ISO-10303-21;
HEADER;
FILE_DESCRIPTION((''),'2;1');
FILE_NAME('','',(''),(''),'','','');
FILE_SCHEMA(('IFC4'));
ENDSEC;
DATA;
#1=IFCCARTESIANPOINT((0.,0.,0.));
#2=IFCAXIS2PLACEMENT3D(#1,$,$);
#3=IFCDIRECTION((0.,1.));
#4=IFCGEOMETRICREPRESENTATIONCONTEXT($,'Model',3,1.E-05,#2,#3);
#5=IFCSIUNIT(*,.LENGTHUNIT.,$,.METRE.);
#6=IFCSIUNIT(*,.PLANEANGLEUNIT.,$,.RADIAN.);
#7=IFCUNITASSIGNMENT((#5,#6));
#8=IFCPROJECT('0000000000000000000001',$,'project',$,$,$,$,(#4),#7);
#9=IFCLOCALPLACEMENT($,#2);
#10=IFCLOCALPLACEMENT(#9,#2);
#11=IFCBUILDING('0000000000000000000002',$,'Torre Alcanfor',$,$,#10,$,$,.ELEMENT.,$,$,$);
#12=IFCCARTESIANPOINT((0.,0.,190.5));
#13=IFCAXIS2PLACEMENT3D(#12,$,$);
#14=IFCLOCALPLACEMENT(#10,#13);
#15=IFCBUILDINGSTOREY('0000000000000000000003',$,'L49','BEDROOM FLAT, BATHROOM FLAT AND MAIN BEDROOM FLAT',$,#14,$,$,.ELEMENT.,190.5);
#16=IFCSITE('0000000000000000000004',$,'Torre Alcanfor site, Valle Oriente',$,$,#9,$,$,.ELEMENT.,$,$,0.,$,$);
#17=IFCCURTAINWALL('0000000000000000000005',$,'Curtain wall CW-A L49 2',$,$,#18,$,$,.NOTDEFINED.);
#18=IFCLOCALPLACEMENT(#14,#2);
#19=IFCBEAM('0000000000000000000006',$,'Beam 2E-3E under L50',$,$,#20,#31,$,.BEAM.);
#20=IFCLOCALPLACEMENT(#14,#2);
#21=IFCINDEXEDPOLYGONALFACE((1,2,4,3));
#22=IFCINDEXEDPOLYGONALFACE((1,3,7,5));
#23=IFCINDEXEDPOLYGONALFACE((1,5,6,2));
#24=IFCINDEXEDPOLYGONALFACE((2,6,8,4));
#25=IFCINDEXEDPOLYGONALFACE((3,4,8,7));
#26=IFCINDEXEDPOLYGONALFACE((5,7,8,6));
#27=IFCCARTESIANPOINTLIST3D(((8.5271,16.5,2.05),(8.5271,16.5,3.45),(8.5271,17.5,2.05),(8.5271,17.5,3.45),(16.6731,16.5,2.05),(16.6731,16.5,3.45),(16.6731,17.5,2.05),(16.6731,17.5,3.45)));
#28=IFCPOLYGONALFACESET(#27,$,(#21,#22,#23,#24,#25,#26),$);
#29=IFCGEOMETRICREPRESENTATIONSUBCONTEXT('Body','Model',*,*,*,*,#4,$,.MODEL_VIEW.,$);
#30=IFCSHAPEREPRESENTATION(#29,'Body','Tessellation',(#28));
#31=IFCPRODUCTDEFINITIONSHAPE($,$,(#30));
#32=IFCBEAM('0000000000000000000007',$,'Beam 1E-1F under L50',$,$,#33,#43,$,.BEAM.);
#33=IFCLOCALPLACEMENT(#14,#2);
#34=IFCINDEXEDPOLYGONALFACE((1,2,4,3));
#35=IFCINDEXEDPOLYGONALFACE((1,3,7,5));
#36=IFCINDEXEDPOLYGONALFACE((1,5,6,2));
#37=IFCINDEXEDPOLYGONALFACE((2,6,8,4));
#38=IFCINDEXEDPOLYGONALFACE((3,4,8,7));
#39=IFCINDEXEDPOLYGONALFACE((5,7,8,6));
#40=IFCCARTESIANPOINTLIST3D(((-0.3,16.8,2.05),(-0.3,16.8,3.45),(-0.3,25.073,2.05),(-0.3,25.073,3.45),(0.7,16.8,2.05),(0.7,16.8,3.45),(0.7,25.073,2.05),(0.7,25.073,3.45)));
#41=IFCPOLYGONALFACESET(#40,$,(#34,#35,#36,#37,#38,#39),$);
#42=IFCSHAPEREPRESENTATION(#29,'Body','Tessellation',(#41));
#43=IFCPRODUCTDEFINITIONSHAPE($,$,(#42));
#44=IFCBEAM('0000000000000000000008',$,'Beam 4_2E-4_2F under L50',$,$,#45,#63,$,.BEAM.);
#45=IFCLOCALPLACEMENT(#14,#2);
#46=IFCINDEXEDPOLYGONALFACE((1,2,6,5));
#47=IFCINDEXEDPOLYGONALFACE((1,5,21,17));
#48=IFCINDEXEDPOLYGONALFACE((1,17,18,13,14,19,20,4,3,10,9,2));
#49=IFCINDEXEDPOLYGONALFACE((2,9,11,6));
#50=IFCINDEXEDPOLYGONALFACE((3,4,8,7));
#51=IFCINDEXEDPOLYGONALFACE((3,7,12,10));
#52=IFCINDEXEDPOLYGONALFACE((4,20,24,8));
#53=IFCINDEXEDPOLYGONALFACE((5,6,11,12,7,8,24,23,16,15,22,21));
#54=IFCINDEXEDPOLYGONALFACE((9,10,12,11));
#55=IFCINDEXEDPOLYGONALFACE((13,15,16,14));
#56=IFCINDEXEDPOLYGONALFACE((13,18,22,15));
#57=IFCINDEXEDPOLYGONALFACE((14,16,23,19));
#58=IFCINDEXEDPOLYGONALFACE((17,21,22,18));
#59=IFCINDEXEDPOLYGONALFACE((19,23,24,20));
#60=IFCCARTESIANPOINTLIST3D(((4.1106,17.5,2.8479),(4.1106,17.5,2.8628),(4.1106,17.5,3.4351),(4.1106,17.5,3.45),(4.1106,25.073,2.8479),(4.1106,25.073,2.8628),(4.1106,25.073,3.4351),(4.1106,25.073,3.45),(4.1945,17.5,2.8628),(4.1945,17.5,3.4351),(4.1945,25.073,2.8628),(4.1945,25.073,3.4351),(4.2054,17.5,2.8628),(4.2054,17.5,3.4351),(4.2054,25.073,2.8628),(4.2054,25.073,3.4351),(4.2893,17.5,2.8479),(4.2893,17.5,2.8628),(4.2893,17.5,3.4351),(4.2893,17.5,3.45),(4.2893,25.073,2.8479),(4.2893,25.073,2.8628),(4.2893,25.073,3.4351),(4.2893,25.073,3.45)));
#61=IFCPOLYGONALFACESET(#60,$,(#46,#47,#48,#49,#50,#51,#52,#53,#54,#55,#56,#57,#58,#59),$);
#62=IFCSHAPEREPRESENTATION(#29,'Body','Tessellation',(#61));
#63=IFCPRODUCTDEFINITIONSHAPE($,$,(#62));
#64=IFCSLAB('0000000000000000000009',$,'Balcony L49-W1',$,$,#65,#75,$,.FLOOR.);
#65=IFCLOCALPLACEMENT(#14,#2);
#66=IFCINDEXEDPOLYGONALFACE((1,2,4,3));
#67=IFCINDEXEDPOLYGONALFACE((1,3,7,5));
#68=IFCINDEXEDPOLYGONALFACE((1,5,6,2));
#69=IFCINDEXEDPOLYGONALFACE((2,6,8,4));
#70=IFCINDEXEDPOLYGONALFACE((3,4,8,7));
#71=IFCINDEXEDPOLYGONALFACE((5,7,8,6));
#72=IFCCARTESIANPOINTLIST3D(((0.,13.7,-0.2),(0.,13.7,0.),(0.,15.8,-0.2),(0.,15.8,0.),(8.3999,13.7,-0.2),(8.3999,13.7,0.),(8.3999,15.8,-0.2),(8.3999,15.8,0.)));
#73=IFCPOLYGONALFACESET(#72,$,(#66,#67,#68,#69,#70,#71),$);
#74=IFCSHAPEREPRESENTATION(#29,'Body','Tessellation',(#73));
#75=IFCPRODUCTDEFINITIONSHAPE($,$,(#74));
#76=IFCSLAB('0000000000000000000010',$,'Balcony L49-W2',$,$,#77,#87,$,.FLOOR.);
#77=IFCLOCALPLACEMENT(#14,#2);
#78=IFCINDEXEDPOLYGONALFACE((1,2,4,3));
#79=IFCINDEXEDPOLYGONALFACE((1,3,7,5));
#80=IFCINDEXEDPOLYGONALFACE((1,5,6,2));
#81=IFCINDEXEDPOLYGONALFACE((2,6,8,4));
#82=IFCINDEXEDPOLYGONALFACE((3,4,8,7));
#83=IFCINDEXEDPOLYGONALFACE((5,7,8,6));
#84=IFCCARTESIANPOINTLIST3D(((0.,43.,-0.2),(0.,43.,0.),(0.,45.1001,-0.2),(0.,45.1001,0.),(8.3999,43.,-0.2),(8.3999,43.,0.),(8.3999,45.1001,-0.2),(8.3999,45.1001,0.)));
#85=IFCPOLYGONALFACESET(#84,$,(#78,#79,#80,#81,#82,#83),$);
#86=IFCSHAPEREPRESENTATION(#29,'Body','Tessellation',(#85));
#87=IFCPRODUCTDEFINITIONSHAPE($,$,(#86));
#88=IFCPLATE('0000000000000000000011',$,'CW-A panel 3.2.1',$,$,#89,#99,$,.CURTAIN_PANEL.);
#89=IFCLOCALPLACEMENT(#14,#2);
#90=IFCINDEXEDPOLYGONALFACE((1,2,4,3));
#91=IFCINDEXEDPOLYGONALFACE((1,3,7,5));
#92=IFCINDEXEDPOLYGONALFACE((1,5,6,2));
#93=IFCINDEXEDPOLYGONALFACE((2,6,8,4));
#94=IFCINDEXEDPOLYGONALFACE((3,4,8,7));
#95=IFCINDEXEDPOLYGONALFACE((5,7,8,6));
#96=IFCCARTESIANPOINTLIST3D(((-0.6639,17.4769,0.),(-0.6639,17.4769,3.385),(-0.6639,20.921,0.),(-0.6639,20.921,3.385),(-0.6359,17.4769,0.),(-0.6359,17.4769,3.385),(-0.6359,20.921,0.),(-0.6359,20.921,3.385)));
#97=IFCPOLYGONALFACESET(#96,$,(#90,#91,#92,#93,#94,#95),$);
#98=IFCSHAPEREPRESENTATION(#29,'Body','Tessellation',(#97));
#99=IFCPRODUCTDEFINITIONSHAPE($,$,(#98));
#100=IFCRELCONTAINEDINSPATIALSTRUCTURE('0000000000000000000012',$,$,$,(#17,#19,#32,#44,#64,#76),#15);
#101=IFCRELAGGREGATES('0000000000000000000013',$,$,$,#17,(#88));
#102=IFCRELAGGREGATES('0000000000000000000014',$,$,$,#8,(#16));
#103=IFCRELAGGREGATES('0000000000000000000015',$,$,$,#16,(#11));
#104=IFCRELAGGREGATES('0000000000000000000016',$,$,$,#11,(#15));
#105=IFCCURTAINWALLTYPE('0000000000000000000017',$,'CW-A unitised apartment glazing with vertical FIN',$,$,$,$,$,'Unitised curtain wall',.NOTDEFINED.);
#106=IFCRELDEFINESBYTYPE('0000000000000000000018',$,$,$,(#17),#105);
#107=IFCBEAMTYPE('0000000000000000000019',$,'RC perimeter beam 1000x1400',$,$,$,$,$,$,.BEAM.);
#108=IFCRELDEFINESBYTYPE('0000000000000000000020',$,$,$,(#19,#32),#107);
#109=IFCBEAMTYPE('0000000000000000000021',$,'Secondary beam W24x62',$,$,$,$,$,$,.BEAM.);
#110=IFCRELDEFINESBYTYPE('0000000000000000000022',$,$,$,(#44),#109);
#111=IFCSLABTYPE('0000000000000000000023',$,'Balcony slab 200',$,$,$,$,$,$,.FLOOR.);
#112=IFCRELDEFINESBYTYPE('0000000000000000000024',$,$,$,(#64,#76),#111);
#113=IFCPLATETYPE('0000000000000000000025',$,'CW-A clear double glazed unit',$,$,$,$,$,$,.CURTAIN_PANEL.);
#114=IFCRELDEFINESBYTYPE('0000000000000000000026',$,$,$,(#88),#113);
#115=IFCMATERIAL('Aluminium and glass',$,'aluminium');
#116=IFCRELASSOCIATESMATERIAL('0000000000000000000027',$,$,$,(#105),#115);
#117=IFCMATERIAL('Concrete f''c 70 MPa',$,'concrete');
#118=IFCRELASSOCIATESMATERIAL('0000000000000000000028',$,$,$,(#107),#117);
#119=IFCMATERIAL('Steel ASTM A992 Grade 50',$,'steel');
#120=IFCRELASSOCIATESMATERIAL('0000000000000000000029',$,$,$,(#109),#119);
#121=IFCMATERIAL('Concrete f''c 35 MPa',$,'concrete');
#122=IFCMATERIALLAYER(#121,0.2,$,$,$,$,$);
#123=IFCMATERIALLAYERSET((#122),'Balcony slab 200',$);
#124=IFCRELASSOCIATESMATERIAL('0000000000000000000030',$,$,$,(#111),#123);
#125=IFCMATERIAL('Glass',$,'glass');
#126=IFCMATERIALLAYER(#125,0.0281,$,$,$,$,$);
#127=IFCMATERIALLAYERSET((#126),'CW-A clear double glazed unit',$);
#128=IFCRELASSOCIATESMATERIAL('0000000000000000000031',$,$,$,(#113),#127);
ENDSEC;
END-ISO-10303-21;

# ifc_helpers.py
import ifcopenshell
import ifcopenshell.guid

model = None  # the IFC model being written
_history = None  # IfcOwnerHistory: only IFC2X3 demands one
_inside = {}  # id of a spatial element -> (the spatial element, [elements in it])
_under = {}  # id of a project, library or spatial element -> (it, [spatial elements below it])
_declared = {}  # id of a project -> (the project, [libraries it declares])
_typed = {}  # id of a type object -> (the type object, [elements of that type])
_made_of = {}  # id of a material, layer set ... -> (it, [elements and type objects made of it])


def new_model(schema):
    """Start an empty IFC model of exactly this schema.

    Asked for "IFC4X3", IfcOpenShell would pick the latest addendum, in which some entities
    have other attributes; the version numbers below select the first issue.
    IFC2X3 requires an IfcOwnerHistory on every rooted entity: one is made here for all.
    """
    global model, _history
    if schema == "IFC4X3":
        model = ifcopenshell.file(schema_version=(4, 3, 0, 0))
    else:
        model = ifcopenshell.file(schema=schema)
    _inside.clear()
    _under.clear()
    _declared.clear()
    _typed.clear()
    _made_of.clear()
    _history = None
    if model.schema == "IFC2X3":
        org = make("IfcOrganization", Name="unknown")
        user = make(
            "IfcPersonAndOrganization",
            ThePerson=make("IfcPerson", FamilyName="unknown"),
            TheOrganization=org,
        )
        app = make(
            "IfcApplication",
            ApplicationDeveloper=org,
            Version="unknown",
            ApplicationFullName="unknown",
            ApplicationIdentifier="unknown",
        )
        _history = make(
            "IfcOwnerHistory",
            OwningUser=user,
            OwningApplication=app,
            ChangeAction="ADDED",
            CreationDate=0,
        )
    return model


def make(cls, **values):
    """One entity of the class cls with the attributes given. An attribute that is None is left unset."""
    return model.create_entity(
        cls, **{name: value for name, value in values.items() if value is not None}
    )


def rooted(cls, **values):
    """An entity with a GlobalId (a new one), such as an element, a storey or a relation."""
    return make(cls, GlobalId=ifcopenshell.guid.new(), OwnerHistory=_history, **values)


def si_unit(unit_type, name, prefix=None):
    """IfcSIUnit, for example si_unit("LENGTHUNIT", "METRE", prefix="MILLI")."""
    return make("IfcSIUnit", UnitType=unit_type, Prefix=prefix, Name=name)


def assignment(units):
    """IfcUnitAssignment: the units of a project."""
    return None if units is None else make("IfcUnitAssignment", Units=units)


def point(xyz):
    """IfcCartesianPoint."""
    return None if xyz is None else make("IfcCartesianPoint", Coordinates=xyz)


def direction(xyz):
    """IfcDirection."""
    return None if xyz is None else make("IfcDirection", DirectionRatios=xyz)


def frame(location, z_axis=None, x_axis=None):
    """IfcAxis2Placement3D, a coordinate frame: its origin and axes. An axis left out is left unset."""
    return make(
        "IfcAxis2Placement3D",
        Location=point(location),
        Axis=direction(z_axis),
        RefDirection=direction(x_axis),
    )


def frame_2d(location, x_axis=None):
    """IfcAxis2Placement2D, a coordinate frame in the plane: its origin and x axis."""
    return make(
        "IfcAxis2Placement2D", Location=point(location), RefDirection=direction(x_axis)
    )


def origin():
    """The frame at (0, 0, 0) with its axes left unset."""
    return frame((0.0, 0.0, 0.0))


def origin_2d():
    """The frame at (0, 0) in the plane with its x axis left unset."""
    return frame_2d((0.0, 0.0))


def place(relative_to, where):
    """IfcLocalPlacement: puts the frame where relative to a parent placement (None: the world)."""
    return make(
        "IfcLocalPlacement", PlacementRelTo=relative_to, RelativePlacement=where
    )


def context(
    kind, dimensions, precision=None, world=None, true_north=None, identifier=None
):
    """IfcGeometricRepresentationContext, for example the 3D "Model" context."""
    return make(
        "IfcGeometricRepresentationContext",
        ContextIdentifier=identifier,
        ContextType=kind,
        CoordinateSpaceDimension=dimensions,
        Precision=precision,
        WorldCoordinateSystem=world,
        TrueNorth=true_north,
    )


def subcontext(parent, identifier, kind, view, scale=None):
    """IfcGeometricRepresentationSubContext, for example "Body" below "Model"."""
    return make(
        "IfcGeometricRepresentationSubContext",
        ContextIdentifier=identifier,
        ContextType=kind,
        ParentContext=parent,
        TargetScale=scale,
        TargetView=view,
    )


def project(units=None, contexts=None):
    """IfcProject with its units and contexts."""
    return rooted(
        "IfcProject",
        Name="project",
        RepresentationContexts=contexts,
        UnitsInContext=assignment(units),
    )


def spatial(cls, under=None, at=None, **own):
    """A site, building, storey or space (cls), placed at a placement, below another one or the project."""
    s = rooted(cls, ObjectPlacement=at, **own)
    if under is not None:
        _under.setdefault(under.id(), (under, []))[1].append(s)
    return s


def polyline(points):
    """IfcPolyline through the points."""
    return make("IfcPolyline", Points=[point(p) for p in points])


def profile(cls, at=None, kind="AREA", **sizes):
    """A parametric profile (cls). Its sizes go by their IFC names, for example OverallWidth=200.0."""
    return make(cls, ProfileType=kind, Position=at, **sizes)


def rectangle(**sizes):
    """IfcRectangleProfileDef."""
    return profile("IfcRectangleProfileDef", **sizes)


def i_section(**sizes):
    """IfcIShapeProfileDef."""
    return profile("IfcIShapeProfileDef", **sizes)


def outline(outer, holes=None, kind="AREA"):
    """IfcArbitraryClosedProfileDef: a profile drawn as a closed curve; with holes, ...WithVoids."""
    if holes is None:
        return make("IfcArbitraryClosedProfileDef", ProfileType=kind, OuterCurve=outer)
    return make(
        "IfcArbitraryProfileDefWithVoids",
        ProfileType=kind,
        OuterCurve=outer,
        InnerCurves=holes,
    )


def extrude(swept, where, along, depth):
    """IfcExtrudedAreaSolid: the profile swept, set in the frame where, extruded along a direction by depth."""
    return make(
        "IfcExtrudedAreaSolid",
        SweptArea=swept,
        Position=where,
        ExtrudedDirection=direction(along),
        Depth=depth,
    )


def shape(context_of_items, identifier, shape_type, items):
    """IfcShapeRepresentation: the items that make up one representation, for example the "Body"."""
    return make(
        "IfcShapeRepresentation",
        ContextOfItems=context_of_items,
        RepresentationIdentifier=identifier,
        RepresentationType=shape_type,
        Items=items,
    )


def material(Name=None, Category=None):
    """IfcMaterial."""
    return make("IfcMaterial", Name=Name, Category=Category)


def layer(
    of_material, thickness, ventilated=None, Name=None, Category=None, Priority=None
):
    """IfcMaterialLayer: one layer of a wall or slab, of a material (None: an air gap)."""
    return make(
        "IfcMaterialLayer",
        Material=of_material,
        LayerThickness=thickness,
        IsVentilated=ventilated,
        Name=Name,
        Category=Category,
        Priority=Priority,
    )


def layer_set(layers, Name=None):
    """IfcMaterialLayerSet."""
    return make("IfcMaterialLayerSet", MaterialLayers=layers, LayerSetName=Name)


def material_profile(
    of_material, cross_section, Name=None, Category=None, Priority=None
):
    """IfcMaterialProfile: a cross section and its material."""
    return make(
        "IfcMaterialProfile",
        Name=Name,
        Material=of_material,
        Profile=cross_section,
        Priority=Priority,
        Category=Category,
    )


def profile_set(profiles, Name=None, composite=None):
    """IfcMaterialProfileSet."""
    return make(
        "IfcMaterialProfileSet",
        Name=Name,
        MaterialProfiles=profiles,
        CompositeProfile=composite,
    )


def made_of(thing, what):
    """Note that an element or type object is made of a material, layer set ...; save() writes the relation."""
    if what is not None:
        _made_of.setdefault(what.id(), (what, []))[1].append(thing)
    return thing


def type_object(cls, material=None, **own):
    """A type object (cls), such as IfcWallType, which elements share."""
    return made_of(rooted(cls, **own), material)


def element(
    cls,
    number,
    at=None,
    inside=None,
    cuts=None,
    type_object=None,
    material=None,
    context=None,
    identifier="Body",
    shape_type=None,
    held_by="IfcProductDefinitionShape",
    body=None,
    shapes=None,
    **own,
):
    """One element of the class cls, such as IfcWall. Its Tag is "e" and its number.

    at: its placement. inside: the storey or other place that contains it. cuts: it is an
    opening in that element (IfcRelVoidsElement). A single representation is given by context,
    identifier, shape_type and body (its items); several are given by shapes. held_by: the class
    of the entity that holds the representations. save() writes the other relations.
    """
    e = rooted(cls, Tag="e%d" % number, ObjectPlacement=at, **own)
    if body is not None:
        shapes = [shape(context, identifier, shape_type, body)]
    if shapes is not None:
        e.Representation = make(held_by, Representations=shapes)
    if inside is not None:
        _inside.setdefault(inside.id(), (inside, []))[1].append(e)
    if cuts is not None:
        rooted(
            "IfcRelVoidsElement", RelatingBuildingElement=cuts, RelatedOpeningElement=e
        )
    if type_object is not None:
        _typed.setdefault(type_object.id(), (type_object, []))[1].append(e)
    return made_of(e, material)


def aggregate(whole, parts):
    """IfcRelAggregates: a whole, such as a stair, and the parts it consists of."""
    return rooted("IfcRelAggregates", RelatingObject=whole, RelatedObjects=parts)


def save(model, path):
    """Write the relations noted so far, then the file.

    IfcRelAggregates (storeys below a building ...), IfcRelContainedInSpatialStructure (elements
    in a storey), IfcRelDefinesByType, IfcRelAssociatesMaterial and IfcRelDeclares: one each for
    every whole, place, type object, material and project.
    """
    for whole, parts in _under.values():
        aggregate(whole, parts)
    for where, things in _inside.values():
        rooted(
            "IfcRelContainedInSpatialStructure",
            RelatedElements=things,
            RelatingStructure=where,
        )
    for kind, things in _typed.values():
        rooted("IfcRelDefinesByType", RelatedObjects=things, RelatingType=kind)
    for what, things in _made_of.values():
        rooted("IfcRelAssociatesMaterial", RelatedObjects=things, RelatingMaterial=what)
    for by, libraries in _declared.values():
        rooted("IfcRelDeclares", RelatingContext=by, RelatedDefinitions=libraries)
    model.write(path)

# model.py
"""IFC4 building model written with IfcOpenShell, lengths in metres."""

from ifc_helpers import new_model, si_unit, direction, frame, origin, origin_2d, place, context, subcontext, project, spatial, polyline, rectangle, i_section, outline, extrude, material, layer, layer_set, material_profile, profile_set, type_object, element, aggregate, save


model = new_model("IFC4")

# Units and contexts
model_context = context("Model", 3, precision=1e-05, world=origin(), true_north=direction((0.0, 1.0)))
body_context = subcontext(model_context, "Body", "Model", "MODEL_VIEW")
ifc_project = project(units=[si_unit("LENGTHUNIT", "METRE"), si_unit("PLANEANGLEUNIT", "RADIAN")], contexts=[model_context])

# Site, building, storey
site_placement = place(None, origin())
site = spatial("IfcSite", under=ifc_project, at=site_placement, Name="Torre Alcanfor site, Valle Oriente", CompositionType="ELEMENT", RefElevation=0.0)
building_placement = place(site_placement, origin())
building = spatial("IfcBuilding", under=site, at=building_placement, Name="Torre Alcanfor", CompositionType="ELEMENT")
storey_placement = place(building_placement, frame((0.0, 0.0, 190.5)))
storey = spatial("IfcBuildingStorey", under=building, at=storey_placement, Name="L49", Description="BEDROOM FLAT, BATHROOM FLAT AND MAIN BEDROOM FLAT", CompositionType="ELEMENT", Elevation=190.5)

# Curtain wall
ifc_material_1 = material(Name="Aluminium and glass", Category="aluminium")
curtain_wall_type = type_object("IfcCurtainWallType", Name="CW-A unitised apartment glazing with vertical FIN", ElementType="Unitised curtain wall", PredefinedType="NOTDEFINED", material=ifc_material_1)
curtain_wall_placement = place(storey_placement, origin())
curtain_wall = element("IfcCurtainWall", 1, at=curtain_wall_placement, inside=storey, type_object=curtain_wall_type, Name="Curtain wall CW-A L49 2", PredefinedType="NOTDEFINED")

# Beams
ifc_material_2 = material(Name="Concrete f'c 70 MPa", Category="concrete")
ifc_material_profile_1 = material_profile(ifc_material_2, rectangle(XDim=1.0, YDim=1.3999, at=origin_2d()), Name="1000x1400")
ifc_profile_set_1 = profile_set([ifc_material_profile_1], Name="Concrete f'c 70 MPa")
beam_type_1 = type_object("IfcBeamType", Name="RC perimeter beam 1000x1400", PredefinedType="BEAM", material=ifc_profile_set_1)
beam_1_placement = place(storey_placement, frame((8.5271, 17.0, 2.75), z_axis=(1.0, 0.0, 0.0), x_axis=(0.0, 1.0, 0.0)))
element("IfcBeam", 2, at=beam_1_placement, inside=storey, type_object=beam_type_1, Name="Beam 2E-3E under L50", PredefinedType="BEAM", context=body_context, shape_type="SweptSolid", body=[
    extrude(rectangle(XDim=1.0, YDim=1.3999, at=origin_2d()), origin(), (0.0, 0.0, 1.0), 8.146),
])
beam_2_placement = place(storey_placement, frame((0.2, 16.8, 2.75), z_axis=(0.0, 1.0, 0.0), x_axis=(-1.0, 0.0, 0.0)))
element("IfcBeam", 3, at=beam_2_placement, inside=storey, type_object=beam_type_1, Name="Beam 1E-1F under L50", PredefinedType="BEAM", context=body_context, shape_type="SweptSolid", body=[
    extrude(rectangle(XDim=1.0, YDim=1.3999, at=origin_2d()), origin(), (0.0, 0.0, 1.0), 8.2729),
])
ifc_material_3 = material(Name="Steel ASTM A992 Grade 50", Category="steel")
ifc_material_profile_2 = material_profile(ifc_material_3, i_section(OverallWidth=0.1787, OverallDepth=0.6021, WebThickness=0.011, FlangeThickness=0.0149, at=origin_2d()), Name="W24x62")
ifc_profile_set_2 = profile_set([ifc_material_profile_2], Name="Steel ASTM A992 Grade 50")
beam_type_2 = type_object("IfcBeamType", Name="Secondary beam W24x62", PredefinedType="BEAM", material=ifc_profile_set_2)
beam_3_placement = place(storey_placement, frame((4.2, 17.5, 3.1489), z_axis=(0.0, 1.0, 0.0), x_axis=(-1.0, 0.0, 0.0)))
element("IfcBeam", 4, at=beam_3_placement, inside=storey, type_object=beam_type_2, Name="Beam 4_2E-4_2F under L50", PredefinedType="BEAM", context=body_context, shape_type="SweptSolid", body=[
    extrude(i_section(OverallWidth=0.1787, OverallDepth=0.6021, WebThickness=0.011, FlangeThickness=0.0149, at=origin_2d()), origin(), (0.0, 0.0, 1.0), 7.573),
])

# Slabs
ifc_material_4 = material(Name="Concrete f'c 35 MPa", Category="concrete")
ifc_layer_1 = layer(ifc_material_4, 0.2)
ifc_layer_set_1 = layer_set([ifc_layer_1], Name="Balcony slab 200")
slab_type_1 = type_object("IfcSlabType", Name="Balcony slab 200", PredefinedType="FLOOR", material=ifc_layer_set_1)
slab_1_placement = place(storey_placement, frame((0.0, 0.0, -0.2)))
element("IfcSlab", 5, at=slab_1_placement, inside=storey, type_object=slab_type_1, Name="Balcony L49-W1", PredefinedType="FLOOR", context=body_context, shape_type="SweptSolid", body=[
    extrude(outline(polyline([(8.3999, 15.8), (0.0, 15.8), (0.0, 13.7), (8.3999, 13.7), (8.3999, 15.8)])), origin(), (0.0, 0.0, 1.0), 0.2),
])
slab_2_placement = place(storey_placement, frame((0.0, 0.0, -0.2)))
element("IfcSlab", 6, at=slab_2_placement, inside=storey, type_object=slab_type_1, Name="Balcony L49-W2", PredefinedType="FLOOR", context=body_context, shape_type="SweptSolid", body=[
    extrude(outline(polyline([(8.3999, 45.1001), (0.0, 45.1001), (0.0, 43.0), (8.3999, 43.0), (8.3999, 45.1001)])), origin(), (0.0, 0.0, 1.0), 0.2),
])

# Plate
ifc_material_5 = material(Name="Glass", Category="glass")
ifc_layer_2 = layer(ifc_material_5, 0.0281)
ifc_layer_set_2 = layer_set([ifc_layer_2], Name="CW-A clear double glazed unit")
plate_type = type_object("IfcPlateType", Name="CW-A clear double glazed unit", PredefinedType="CURTAIN_PANEL", material=ifc_layer_set_2)
plate_placement = place(storey_placement, frame((-0.6499, 19.199, 0.0), z_axis=(0.0, 0.0, 1.0), x_axis=(0.0, -1.0, 0.0)))
plate = element("IfcPlate", 7, at=plate_placement, type_object=plate_type, Name="CW-A panel 3.2.1", PredefinedType="CURTAIN_PANEL", context=body_context, shape_type="SweptSolid", body=[
    extrude(rectangle(XDim=3.4441, YDim=0.0281, at=origin_2d()), origin(), (0.0, 0.0, 1.0), 3.385),
])
aggregate(curtain_wall, [plate])

save(model, "model.ifc")
